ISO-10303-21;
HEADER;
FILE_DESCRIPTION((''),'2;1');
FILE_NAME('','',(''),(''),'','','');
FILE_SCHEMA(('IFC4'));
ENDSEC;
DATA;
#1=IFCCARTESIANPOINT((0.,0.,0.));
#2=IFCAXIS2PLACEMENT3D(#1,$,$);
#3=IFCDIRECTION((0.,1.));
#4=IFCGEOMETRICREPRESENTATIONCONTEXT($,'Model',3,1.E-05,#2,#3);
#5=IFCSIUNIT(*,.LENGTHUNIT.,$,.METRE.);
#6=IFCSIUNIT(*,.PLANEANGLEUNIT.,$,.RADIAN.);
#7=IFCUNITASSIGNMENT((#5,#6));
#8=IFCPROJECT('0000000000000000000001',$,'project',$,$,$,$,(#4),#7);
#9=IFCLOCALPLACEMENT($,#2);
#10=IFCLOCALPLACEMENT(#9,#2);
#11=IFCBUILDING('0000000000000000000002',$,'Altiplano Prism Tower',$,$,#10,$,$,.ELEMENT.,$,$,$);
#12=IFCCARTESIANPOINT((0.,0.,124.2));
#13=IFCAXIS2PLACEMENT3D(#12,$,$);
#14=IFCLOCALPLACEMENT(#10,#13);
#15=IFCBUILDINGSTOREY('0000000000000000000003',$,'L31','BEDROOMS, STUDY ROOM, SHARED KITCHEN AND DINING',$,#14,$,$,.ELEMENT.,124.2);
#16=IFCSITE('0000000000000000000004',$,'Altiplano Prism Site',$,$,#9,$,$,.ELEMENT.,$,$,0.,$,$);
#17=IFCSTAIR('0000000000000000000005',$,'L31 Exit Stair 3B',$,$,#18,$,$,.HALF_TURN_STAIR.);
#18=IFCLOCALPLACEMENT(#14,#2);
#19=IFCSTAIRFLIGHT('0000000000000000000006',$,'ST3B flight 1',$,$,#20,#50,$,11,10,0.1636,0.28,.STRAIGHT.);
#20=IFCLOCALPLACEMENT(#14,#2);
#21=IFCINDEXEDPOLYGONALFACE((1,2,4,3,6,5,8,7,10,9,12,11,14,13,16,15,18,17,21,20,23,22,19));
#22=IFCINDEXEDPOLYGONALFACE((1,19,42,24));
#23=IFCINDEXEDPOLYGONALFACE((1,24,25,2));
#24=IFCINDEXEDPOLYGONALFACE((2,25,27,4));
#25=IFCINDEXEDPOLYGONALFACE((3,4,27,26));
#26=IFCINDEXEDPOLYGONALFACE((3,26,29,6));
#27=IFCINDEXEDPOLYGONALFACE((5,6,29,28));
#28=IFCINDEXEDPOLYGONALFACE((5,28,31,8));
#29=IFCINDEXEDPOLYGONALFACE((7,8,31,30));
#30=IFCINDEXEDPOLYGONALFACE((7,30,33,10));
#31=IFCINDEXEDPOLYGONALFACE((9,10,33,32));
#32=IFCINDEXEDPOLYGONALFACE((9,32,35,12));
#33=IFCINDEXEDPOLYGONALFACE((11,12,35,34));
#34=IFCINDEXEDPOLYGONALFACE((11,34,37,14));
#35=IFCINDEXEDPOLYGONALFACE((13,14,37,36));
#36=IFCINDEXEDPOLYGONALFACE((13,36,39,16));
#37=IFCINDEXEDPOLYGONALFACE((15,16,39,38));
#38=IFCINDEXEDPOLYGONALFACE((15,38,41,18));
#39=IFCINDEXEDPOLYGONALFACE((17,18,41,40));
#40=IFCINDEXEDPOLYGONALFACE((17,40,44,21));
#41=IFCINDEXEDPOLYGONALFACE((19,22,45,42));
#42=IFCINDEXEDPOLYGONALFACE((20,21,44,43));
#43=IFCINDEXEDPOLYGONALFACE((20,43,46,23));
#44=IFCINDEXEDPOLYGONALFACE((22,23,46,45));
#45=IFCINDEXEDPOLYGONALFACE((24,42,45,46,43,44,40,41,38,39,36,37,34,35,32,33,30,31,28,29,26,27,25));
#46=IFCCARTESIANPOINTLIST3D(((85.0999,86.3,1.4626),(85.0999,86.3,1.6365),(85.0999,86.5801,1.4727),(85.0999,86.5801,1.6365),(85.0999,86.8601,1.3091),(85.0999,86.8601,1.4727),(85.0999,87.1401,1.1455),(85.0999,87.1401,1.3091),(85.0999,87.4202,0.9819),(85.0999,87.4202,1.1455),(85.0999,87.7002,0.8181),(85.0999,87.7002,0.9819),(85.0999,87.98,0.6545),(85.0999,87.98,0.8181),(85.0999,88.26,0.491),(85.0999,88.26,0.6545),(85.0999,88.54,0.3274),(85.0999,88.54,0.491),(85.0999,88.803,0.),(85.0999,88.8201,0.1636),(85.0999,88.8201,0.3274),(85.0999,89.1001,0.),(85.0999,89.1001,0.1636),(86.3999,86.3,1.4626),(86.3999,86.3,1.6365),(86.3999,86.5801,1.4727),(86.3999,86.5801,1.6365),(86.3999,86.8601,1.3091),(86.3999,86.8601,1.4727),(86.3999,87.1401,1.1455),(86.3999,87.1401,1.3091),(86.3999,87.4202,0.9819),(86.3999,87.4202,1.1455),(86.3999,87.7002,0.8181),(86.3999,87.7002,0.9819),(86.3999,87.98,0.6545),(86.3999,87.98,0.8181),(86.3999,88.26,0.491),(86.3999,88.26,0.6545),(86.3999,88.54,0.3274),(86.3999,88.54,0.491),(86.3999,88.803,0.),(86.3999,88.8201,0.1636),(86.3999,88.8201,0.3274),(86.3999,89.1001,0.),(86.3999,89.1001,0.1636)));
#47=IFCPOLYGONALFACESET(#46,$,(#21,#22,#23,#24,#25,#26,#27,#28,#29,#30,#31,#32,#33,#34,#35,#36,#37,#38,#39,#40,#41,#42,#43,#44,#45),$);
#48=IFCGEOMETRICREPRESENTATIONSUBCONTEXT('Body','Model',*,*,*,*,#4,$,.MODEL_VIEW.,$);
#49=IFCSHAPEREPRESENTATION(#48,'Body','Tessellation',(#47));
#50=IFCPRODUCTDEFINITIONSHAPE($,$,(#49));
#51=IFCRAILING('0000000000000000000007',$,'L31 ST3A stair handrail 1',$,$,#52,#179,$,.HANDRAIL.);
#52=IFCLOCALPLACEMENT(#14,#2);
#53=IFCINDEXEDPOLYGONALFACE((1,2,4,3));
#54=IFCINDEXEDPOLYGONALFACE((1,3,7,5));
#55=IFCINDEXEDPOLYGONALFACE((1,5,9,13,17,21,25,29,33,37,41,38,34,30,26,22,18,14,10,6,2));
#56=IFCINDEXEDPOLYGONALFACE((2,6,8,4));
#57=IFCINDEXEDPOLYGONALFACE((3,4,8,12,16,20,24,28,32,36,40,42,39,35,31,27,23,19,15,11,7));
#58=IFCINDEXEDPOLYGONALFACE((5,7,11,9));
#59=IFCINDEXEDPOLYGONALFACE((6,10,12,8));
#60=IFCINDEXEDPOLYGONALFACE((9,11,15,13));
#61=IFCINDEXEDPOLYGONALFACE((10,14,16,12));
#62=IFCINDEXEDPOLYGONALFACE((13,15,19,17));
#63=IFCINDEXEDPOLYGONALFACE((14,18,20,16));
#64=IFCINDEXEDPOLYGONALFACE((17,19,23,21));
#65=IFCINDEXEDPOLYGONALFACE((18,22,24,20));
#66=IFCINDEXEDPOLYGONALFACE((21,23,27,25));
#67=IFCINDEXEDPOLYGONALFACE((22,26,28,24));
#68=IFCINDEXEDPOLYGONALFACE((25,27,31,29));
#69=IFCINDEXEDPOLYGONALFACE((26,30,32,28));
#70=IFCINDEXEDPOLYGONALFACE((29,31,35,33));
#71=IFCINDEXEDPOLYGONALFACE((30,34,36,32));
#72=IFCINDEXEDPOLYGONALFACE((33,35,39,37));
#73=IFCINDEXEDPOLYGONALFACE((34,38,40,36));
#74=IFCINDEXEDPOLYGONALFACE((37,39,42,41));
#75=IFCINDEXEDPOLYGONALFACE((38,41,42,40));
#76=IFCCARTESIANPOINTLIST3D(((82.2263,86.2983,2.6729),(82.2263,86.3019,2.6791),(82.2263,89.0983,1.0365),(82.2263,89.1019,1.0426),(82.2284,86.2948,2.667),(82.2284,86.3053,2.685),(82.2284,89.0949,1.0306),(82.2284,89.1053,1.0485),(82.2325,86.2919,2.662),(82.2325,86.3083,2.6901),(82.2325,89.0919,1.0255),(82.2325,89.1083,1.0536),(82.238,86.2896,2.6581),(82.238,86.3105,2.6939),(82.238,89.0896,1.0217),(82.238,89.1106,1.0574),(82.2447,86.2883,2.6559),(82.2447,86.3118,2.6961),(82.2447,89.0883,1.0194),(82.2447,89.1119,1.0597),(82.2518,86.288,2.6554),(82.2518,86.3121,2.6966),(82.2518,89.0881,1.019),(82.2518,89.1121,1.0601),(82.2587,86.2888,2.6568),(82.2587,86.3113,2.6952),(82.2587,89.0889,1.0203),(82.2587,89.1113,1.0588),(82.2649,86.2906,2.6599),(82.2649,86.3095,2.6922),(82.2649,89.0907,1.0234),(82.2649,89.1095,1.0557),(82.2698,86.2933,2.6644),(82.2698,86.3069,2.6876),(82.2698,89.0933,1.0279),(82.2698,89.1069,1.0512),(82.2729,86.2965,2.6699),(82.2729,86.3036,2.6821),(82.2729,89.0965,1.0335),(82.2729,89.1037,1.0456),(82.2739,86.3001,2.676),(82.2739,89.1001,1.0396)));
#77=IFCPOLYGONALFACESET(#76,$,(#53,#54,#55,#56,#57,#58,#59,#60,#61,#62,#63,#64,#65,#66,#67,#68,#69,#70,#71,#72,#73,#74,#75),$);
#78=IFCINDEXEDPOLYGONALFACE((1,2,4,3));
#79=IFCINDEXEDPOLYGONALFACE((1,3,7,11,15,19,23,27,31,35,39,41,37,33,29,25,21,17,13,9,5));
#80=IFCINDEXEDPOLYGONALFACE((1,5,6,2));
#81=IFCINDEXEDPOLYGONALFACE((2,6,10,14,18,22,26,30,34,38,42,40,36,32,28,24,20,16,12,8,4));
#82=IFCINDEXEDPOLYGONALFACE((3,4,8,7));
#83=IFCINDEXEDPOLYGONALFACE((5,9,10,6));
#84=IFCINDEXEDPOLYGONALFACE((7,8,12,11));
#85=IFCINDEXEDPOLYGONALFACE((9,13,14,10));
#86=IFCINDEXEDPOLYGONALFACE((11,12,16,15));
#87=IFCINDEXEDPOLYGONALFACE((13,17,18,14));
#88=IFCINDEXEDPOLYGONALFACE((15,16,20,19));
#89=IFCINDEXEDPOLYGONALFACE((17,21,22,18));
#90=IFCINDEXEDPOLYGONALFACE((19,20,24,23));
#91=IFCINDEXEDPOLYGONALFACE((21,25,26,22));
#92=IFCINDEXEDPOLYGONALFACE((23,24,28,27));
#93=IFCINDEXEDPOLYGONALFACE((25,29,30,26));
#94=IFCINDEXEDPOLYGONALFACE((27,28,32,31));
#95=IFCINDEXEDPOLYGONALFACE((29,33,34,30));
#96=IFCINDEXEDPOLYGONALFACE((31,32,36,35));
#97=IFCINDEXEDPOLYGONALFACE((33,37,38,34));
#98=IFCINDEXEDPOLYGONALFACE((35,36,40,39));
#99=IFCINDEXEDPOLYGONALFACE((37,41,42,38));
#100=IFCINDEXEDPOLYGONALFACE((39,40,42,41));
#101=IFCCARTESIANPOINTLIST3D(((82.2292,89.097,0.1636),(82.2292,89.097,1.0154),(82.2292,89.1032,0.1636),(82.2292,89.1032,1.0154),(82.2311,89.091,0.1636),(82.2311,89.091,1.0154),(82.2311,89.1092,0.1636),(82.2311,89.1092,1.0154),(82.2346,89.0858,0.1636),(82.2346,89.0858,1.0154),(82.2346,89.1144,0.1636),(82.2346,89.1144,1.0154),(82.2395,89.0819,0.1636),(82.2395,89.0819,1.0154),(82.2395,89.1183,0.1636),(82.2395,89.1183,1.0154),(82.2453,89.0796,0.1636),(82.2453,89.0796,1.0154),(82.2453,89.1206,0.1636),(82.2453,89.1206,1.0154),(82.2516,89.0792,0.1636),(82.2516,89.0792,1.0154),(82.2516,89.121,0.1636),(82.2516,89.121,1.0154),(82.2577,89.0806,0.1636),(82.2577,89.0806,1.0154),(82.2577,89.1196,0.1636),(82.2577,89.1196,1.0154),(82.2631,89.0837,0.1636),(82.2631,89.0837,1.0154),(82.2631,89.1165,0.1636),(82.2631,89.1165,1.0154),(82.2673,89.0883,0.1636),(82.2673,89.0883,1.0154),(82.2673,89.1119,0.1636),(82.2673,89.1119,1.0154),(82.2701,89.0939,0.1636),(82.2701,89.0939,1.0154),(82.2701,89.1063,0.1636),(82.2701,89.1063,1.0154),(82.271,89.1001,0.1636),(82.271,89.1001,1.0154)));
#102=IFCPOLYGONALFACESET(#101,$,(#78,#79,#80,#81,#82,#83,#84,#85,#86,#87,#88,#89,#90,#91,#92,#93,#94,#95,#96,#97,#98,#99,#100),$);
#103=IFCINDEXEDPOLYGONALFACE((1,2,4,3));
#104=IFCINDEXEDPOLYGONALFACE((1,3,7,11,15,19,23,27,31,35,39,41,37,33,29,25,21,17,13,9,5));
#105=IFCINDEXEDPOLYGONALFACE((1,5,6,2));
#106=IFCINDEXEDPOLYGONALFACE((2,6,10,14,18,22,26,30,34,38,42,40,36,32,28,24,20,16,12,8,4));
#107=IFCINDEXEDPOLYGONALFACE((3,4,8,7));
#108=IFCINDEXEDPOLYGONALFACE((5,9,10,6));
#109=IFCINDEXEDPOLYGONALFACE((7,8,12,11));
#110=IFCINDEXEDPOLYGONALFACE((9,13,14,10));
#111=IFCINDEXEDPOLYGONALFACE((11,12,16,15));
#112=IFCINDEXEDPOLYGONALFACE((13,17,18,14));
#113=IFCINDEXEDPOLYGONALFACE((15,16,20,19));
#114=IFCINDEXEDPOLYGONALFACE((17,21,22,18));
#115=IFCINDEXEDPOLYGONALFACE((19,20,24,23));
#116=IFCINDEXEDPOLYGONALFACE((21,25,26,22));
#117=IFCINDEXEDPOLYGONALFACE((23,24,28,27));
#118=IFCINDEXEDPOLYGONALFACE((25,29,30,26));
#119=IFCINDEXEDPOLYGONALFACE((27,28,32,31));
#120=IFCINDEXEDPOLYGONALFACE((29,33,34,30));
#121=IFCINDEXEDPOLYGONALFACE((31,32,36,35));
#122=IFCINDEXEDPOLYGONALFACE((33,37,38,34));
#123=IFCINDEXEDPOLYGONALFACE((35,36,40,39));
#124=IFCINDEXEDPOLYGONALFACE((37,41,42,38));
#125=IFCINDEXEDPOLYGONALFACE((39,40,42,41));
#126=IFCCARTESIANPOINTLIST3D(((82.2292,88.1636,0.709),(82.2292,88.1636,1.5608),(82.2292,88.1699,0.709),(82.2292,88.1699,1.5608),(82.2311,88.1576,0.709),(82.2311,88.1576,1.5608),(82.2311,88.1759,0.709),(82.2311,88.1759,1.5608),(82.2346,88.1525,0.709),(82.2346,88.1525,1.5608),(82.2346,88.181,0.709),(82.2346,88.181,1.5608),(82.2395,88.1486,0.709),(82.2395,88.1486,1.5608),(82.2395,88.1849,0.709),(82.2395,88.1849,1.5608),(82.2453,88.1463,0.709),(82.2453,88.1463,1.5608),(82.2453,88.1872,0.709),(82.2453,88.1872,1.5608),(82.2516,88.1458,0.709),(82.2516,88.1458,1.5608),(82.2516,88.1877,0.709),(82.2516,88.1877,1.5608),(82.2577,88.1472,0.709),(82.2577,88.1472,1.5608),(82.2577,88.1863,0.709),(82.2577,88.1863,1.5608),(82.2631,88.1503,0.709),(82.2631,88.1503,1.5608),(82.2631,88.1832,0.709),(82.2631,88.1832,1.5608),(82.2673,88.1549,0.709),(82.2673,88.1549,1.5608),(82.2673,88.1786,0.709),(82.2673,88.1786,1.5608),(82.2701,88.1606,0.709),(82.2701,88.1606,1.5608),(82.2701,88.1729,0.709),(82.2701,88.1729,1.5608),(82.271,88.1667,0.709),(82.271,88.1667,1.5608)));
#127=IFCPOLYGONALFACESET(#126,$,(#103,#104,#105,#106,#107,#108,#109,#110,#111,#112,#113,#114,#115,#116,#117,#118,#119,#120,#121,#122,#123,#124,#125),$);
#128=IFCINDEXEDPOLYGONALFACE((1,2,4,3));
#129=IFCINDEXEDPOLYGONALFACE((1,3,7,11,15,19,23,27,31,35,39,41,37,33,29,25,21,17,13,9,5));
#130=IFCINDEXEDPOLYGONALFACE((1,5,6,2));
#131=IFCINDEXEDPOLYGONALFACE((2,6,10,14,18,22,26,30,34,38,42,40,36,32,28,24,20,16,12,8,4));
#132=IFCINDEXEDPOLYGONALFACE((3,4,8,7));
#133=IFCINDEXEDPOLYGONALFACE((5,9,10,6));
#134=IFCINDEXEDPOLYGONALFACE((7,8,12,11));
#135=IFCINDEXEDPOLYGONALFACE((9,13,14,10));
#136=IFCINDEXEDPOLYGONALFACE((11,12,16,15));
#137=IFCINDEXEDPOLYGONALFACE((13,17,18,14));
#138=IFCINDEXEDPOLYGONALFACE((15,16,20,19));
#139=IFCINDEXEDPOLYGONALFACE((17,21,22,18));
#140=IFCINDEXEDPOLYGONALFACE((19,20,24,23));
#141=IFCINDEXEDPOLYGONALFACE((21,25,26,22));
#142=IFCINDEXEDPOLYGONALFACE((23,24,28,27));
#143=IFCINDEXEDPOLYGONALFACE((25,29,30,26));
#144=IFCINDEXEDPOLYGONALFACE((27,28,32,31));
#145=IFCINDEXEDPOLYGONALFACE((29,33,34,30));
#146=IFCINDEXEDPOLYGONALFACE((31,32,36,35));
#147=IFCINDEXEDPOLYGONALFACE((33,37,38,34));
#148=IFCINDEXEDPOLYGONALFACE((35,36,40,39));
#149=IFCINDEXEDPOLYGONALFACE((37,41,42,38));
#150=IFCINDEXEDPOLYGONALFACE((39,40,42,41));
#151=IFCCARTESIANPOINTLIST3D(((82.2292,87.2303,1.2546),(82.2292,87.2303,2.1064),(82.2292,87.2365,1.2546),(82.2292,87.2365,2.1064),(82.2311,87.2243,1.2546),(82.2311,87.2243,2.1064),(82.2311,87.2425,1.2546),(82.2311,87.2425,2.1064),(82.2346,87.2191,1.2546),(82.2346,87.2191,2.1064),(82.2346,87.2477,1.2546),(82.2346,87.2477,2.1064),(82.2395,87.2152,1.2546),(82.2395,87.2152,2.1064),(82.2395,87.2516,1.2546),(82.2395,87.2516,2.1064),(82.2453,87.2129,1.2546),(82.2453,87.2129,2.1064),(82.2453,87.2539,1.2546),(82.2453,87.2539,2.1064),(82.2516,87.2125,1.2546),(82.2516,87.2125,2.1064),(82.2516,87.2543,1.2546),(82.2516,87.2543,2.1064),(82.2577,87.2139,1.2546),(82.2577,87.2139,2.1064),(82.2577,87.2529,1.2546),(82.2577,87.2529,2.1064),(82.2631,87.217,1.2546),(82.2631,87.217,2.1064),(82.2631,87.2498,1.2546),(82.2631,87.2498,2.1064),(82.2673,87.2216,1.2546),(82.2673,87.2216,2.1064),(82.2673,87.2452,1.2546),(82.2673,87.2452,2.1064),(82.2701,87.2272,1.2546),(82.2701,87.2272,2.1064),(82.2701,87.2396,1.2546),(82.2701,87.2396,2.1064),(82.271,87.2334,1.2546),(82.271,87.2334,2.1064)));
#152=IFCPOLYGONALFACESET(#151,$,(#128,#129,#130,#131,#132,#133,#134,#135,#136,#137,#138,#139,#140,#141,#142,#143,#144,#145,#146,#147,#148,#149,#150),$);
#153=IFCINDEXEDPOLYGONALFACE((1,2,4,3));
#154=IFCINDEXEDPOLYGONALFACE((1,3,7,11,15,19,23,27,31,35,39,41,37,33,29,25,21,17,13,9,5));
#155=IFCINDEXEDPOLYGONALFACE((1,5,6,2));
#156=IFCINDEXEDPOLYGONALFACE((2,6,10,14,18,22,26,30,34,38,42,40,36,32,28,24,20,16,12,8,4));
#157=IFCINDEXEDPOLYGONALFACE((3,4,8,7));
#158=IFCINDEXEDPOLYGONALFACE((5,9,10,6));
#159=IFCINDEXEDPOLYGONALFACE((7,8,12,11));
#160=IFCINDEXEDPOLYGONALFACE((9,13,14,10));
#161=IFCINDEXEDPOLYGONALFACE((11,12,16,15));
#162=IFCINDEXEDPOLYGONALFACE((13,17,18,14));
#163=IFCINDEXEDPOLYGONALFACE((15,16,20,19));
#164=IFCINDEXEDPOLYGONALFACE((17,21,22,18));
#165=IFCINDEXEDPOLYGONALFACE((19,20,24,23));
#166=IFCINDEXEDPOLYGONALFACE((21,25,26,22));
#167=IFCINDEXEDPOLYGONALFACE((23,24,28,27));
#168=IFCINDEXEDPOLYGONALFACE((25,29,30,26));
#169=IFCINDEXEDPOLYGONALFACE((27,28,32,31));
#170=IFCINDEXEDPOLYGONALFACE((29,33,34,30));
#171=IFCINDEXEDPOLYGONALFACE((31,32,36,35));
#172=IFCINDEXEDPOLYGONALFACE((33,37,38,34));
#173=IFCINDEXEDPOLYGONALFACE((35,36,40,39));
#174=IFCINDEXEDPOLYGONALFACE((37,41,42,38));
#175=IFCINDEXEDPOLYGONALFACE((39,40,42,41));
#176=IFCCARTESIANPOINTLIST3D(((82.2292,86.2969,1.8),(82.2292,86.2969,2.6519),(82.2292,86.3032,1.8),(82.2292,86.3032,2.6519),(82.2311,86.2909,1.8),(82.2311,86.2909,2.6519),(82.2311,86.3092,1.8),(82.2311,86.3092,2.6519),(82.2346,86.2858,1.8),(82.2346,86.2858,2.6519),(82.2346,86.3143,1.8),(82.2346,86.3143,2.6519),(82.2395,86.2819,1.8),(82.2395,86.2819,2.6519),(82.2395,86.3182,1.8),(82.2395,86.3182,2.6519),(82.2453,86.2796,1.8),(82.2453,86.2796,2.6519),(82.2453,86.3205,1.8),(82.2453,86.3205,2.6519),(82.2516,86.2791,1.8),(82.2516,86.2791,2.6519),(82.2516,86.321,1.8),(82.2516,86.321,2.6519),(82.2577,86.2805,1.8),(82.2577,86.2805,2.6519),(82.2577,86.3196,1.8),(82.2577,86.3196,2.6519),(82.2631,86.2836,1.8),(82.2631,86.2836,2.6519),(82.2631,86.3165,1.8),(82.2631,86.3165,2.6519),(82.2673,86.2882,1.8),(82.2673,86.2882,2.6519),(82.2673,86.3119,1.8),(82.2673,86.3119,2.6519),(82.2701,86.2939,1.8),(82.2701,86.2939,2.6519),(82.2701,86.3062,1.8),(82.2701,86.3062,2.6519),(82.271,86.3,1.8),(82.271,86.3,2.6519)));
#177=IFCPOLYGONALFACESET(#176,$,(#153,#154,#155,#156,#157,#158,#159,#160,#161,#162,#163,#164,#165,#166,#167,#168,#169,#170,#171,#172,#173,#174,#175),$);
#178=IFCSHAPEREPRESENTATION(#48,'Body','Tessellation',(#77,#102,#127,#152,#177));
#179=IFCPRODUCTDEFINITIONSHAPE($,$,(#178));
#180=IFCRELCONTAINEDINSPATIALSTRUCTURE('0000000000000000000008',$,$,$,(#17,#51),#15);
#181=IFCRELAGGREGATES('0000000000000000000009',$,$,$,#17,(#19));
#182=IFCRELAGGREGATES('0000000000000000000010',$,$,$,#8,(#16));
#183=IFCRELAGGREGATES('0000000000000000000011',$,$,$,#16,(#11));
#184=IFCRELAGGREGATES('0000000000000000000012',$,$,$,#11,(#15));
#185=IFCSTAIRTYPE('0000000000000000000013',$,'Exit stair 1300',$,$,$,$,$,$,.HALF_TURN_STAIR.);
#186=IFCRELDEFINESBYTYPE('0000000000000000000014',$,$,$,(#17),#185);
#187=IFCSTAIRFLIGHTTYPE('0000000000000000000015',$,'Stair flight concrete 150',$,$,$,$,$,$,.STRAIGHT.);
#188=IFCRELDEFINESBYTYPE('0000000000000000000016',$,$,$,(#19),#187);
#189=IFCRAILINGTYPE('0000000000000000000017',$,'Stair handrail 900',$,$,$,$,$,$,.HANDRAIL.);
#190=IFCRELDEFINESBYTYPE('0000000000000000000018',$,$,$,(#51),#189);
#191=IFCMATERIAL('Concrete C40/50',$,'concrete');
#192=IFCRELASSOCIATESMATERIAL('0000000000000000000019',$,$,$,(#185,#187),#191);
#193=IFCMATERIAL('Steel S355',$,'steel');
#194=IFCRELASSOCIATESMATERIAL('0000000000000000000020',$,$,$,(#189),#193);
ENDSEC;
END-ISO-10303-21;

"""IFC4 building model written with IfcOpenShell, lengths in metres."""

from ifc_helpers import new_model, si_unit, direction, frame, origin, origin_2d, place, context, subcontext, project, spatial, polyline, circle, outline, extrude, material, type_object, element, aggregate, save


model = new_model("IFC4")

# Units and contexts
model_context = context("Model", 3, precision=1e-05, world=origin(), true_north=direction((0.0, 1.0)))
body_context = subcontext(model_context, "Body", "Model", "MODEL_VIEW")
ifc_project = project(units=[si_unit("LENGTHUNIT", "METRE"), si_unit("PLANEANGLEUNIT", "RADIAN")], contexts=[model_context])

# Site, building, storey
site_placement = place(None, origin())
site = spatial("IfcSite", under=ifc_project, at=site_placement, Name="Altiplano Prism Site", CompositionType="ELEMENT", RefElevation=0.0)
building_placement = place(site_placement, origin())
building = spatial("IfcBuilding", under=site, at=building_placement, Name="Altiplano Prism Tower", CompositionType="ELEMENT")
storey_placement = place(building_placement, frame((0.0, 0.0, 124.2)))
storey = spatial("IfcBuildingStorey", under=building, at=storey_placement, Name="L31", Description="BEDROOMS, STUDY ROOM, SHARED KITCHEN AND DINING", CompositionType="ELEMENT", Elevation=124.2)

# Stair, stair flight
ifc_material_1 = material(Name="Concrete C40/50", Category="concrete")
stair_type = type_object("IfcStairType", Name="Exit stair 1300", PredefinedType="HALF_TURN_STAIR", material=ifc_material_1)
stair_flight_type = type_object("IfcStairFlightType", Name="Stair flight concrete 150", PredefinedType="STRAIGHT", material=ifc_material_1)
stair_1_placement = place(storey_placement, origin())
stair_1 = element("IfcStair", 1, at=stair_1_placement, inside=storey, type_object=stair_type, Name="L31 Exit Stair 3B", PredefinedType="HALF_TURN_STAIR")
stair_flight_1_placement = place(storey_placement, frame((85.75, 89.1001, 0.0), z_axis=(0.0, 0.0, 1.0), x_axis=(0.0, -1.0, 0.0)))
stair_flight_1 = element("IfcStairFlight", 2, at=stair_flight_1_placement, type_object=stair_flight_type, Name="ST3B flight 1", NumberOfRisers=11, NumberOfTreads=10, PredefinedType="STRAIGHT", RiserHeight=0.1636, TreadLength=0.28, context=body_context, shape_type="SweptSolid", body=[
    extrude(outline(polyline([(0.0, 0.0), (0.0, 0.1636), (0.28, 0.1636), (0.28, 0.3274), (0.5601, 0.3274), (0.5601, 0.491), (0.8401, 0.491), (0.8401, 0.6545), (1.1201, 0.6545), (1.1201, 0.8181), (1.3999, 0.8181), (1.3999, 0.9819), (1.6799, 0.9819), (1.6799, 1.1455), (1.96, 1.1455), (1.96, 1.3091), (2.24, 1.3091), (2.24, 1.4727), (2.52, 1.4727), (2.52, 1.6365), (2.8, 1.6365), (2.8, 1.8), (2.8, 1.4626), (0.2971, 0.0), (0.0, 0.0)])), frame((0.0, 0.6499, 0.0), z_axis=(0.0, -1.0, 0.0), x_axis=(1.0, 0.0, 0.0)), (0.0, 0.0, 1.0), 1.3),
])
aggregate(stair_1, [stair_flight_1])

# Railing
ifc_material_2 = material(Name="Steel S355", Category="steel")
railing_type_1 = type_object("IfcRailingType", Name="Stair handrail 900", PredefinedType="HANDRAIL", material=ifc_material_2)
for number, where, name in (
    (3, (82.25, 89.1001, 0.1636), "L31 ST3A stair handrail 1"),
):
    element("IfcRailing", number, at=place(storey_placement, frame(where)), inside=storey, type_object=railing_type_1, Name=name, PredefinedType="HANDRAIL", context=body_context, shape_type="SweptSolid", body=[
        extrude(circle(Radius=0.0239, at=origin_2d()), frame((0.0, 0.0, 0.876), z_axis=(0.0, -0.863361, 0.504587), x_axis=(1.0, 0.0, 0.0)), (0.0, 0.0, 1.0), 3.2432),
        extrude(circle(Radius=0.021, at=origin_2d()), origin(), (0.0, 0.0, 1.0), 0.8518),
        extrude(circle(Radius=0.021, at=origin_2d()), frame((0.0, -0.9333, 0.5454)), (0.0, 0.0, 1.0), 0.8518),
        extrude(circle(Radius=0.021, at=origin_2d()), frame((0.0, -1.8667, 1.0911)), (0.0, 0.0, 1.0), 0.8518),
        extrude(circle(Radius=0.021, at=origin_2d()), frame((0.0, -2.8, 1.6365)), (0.0, 0.0, 1.0), 0.8518),
    ])

save(model, "model.ifc")
